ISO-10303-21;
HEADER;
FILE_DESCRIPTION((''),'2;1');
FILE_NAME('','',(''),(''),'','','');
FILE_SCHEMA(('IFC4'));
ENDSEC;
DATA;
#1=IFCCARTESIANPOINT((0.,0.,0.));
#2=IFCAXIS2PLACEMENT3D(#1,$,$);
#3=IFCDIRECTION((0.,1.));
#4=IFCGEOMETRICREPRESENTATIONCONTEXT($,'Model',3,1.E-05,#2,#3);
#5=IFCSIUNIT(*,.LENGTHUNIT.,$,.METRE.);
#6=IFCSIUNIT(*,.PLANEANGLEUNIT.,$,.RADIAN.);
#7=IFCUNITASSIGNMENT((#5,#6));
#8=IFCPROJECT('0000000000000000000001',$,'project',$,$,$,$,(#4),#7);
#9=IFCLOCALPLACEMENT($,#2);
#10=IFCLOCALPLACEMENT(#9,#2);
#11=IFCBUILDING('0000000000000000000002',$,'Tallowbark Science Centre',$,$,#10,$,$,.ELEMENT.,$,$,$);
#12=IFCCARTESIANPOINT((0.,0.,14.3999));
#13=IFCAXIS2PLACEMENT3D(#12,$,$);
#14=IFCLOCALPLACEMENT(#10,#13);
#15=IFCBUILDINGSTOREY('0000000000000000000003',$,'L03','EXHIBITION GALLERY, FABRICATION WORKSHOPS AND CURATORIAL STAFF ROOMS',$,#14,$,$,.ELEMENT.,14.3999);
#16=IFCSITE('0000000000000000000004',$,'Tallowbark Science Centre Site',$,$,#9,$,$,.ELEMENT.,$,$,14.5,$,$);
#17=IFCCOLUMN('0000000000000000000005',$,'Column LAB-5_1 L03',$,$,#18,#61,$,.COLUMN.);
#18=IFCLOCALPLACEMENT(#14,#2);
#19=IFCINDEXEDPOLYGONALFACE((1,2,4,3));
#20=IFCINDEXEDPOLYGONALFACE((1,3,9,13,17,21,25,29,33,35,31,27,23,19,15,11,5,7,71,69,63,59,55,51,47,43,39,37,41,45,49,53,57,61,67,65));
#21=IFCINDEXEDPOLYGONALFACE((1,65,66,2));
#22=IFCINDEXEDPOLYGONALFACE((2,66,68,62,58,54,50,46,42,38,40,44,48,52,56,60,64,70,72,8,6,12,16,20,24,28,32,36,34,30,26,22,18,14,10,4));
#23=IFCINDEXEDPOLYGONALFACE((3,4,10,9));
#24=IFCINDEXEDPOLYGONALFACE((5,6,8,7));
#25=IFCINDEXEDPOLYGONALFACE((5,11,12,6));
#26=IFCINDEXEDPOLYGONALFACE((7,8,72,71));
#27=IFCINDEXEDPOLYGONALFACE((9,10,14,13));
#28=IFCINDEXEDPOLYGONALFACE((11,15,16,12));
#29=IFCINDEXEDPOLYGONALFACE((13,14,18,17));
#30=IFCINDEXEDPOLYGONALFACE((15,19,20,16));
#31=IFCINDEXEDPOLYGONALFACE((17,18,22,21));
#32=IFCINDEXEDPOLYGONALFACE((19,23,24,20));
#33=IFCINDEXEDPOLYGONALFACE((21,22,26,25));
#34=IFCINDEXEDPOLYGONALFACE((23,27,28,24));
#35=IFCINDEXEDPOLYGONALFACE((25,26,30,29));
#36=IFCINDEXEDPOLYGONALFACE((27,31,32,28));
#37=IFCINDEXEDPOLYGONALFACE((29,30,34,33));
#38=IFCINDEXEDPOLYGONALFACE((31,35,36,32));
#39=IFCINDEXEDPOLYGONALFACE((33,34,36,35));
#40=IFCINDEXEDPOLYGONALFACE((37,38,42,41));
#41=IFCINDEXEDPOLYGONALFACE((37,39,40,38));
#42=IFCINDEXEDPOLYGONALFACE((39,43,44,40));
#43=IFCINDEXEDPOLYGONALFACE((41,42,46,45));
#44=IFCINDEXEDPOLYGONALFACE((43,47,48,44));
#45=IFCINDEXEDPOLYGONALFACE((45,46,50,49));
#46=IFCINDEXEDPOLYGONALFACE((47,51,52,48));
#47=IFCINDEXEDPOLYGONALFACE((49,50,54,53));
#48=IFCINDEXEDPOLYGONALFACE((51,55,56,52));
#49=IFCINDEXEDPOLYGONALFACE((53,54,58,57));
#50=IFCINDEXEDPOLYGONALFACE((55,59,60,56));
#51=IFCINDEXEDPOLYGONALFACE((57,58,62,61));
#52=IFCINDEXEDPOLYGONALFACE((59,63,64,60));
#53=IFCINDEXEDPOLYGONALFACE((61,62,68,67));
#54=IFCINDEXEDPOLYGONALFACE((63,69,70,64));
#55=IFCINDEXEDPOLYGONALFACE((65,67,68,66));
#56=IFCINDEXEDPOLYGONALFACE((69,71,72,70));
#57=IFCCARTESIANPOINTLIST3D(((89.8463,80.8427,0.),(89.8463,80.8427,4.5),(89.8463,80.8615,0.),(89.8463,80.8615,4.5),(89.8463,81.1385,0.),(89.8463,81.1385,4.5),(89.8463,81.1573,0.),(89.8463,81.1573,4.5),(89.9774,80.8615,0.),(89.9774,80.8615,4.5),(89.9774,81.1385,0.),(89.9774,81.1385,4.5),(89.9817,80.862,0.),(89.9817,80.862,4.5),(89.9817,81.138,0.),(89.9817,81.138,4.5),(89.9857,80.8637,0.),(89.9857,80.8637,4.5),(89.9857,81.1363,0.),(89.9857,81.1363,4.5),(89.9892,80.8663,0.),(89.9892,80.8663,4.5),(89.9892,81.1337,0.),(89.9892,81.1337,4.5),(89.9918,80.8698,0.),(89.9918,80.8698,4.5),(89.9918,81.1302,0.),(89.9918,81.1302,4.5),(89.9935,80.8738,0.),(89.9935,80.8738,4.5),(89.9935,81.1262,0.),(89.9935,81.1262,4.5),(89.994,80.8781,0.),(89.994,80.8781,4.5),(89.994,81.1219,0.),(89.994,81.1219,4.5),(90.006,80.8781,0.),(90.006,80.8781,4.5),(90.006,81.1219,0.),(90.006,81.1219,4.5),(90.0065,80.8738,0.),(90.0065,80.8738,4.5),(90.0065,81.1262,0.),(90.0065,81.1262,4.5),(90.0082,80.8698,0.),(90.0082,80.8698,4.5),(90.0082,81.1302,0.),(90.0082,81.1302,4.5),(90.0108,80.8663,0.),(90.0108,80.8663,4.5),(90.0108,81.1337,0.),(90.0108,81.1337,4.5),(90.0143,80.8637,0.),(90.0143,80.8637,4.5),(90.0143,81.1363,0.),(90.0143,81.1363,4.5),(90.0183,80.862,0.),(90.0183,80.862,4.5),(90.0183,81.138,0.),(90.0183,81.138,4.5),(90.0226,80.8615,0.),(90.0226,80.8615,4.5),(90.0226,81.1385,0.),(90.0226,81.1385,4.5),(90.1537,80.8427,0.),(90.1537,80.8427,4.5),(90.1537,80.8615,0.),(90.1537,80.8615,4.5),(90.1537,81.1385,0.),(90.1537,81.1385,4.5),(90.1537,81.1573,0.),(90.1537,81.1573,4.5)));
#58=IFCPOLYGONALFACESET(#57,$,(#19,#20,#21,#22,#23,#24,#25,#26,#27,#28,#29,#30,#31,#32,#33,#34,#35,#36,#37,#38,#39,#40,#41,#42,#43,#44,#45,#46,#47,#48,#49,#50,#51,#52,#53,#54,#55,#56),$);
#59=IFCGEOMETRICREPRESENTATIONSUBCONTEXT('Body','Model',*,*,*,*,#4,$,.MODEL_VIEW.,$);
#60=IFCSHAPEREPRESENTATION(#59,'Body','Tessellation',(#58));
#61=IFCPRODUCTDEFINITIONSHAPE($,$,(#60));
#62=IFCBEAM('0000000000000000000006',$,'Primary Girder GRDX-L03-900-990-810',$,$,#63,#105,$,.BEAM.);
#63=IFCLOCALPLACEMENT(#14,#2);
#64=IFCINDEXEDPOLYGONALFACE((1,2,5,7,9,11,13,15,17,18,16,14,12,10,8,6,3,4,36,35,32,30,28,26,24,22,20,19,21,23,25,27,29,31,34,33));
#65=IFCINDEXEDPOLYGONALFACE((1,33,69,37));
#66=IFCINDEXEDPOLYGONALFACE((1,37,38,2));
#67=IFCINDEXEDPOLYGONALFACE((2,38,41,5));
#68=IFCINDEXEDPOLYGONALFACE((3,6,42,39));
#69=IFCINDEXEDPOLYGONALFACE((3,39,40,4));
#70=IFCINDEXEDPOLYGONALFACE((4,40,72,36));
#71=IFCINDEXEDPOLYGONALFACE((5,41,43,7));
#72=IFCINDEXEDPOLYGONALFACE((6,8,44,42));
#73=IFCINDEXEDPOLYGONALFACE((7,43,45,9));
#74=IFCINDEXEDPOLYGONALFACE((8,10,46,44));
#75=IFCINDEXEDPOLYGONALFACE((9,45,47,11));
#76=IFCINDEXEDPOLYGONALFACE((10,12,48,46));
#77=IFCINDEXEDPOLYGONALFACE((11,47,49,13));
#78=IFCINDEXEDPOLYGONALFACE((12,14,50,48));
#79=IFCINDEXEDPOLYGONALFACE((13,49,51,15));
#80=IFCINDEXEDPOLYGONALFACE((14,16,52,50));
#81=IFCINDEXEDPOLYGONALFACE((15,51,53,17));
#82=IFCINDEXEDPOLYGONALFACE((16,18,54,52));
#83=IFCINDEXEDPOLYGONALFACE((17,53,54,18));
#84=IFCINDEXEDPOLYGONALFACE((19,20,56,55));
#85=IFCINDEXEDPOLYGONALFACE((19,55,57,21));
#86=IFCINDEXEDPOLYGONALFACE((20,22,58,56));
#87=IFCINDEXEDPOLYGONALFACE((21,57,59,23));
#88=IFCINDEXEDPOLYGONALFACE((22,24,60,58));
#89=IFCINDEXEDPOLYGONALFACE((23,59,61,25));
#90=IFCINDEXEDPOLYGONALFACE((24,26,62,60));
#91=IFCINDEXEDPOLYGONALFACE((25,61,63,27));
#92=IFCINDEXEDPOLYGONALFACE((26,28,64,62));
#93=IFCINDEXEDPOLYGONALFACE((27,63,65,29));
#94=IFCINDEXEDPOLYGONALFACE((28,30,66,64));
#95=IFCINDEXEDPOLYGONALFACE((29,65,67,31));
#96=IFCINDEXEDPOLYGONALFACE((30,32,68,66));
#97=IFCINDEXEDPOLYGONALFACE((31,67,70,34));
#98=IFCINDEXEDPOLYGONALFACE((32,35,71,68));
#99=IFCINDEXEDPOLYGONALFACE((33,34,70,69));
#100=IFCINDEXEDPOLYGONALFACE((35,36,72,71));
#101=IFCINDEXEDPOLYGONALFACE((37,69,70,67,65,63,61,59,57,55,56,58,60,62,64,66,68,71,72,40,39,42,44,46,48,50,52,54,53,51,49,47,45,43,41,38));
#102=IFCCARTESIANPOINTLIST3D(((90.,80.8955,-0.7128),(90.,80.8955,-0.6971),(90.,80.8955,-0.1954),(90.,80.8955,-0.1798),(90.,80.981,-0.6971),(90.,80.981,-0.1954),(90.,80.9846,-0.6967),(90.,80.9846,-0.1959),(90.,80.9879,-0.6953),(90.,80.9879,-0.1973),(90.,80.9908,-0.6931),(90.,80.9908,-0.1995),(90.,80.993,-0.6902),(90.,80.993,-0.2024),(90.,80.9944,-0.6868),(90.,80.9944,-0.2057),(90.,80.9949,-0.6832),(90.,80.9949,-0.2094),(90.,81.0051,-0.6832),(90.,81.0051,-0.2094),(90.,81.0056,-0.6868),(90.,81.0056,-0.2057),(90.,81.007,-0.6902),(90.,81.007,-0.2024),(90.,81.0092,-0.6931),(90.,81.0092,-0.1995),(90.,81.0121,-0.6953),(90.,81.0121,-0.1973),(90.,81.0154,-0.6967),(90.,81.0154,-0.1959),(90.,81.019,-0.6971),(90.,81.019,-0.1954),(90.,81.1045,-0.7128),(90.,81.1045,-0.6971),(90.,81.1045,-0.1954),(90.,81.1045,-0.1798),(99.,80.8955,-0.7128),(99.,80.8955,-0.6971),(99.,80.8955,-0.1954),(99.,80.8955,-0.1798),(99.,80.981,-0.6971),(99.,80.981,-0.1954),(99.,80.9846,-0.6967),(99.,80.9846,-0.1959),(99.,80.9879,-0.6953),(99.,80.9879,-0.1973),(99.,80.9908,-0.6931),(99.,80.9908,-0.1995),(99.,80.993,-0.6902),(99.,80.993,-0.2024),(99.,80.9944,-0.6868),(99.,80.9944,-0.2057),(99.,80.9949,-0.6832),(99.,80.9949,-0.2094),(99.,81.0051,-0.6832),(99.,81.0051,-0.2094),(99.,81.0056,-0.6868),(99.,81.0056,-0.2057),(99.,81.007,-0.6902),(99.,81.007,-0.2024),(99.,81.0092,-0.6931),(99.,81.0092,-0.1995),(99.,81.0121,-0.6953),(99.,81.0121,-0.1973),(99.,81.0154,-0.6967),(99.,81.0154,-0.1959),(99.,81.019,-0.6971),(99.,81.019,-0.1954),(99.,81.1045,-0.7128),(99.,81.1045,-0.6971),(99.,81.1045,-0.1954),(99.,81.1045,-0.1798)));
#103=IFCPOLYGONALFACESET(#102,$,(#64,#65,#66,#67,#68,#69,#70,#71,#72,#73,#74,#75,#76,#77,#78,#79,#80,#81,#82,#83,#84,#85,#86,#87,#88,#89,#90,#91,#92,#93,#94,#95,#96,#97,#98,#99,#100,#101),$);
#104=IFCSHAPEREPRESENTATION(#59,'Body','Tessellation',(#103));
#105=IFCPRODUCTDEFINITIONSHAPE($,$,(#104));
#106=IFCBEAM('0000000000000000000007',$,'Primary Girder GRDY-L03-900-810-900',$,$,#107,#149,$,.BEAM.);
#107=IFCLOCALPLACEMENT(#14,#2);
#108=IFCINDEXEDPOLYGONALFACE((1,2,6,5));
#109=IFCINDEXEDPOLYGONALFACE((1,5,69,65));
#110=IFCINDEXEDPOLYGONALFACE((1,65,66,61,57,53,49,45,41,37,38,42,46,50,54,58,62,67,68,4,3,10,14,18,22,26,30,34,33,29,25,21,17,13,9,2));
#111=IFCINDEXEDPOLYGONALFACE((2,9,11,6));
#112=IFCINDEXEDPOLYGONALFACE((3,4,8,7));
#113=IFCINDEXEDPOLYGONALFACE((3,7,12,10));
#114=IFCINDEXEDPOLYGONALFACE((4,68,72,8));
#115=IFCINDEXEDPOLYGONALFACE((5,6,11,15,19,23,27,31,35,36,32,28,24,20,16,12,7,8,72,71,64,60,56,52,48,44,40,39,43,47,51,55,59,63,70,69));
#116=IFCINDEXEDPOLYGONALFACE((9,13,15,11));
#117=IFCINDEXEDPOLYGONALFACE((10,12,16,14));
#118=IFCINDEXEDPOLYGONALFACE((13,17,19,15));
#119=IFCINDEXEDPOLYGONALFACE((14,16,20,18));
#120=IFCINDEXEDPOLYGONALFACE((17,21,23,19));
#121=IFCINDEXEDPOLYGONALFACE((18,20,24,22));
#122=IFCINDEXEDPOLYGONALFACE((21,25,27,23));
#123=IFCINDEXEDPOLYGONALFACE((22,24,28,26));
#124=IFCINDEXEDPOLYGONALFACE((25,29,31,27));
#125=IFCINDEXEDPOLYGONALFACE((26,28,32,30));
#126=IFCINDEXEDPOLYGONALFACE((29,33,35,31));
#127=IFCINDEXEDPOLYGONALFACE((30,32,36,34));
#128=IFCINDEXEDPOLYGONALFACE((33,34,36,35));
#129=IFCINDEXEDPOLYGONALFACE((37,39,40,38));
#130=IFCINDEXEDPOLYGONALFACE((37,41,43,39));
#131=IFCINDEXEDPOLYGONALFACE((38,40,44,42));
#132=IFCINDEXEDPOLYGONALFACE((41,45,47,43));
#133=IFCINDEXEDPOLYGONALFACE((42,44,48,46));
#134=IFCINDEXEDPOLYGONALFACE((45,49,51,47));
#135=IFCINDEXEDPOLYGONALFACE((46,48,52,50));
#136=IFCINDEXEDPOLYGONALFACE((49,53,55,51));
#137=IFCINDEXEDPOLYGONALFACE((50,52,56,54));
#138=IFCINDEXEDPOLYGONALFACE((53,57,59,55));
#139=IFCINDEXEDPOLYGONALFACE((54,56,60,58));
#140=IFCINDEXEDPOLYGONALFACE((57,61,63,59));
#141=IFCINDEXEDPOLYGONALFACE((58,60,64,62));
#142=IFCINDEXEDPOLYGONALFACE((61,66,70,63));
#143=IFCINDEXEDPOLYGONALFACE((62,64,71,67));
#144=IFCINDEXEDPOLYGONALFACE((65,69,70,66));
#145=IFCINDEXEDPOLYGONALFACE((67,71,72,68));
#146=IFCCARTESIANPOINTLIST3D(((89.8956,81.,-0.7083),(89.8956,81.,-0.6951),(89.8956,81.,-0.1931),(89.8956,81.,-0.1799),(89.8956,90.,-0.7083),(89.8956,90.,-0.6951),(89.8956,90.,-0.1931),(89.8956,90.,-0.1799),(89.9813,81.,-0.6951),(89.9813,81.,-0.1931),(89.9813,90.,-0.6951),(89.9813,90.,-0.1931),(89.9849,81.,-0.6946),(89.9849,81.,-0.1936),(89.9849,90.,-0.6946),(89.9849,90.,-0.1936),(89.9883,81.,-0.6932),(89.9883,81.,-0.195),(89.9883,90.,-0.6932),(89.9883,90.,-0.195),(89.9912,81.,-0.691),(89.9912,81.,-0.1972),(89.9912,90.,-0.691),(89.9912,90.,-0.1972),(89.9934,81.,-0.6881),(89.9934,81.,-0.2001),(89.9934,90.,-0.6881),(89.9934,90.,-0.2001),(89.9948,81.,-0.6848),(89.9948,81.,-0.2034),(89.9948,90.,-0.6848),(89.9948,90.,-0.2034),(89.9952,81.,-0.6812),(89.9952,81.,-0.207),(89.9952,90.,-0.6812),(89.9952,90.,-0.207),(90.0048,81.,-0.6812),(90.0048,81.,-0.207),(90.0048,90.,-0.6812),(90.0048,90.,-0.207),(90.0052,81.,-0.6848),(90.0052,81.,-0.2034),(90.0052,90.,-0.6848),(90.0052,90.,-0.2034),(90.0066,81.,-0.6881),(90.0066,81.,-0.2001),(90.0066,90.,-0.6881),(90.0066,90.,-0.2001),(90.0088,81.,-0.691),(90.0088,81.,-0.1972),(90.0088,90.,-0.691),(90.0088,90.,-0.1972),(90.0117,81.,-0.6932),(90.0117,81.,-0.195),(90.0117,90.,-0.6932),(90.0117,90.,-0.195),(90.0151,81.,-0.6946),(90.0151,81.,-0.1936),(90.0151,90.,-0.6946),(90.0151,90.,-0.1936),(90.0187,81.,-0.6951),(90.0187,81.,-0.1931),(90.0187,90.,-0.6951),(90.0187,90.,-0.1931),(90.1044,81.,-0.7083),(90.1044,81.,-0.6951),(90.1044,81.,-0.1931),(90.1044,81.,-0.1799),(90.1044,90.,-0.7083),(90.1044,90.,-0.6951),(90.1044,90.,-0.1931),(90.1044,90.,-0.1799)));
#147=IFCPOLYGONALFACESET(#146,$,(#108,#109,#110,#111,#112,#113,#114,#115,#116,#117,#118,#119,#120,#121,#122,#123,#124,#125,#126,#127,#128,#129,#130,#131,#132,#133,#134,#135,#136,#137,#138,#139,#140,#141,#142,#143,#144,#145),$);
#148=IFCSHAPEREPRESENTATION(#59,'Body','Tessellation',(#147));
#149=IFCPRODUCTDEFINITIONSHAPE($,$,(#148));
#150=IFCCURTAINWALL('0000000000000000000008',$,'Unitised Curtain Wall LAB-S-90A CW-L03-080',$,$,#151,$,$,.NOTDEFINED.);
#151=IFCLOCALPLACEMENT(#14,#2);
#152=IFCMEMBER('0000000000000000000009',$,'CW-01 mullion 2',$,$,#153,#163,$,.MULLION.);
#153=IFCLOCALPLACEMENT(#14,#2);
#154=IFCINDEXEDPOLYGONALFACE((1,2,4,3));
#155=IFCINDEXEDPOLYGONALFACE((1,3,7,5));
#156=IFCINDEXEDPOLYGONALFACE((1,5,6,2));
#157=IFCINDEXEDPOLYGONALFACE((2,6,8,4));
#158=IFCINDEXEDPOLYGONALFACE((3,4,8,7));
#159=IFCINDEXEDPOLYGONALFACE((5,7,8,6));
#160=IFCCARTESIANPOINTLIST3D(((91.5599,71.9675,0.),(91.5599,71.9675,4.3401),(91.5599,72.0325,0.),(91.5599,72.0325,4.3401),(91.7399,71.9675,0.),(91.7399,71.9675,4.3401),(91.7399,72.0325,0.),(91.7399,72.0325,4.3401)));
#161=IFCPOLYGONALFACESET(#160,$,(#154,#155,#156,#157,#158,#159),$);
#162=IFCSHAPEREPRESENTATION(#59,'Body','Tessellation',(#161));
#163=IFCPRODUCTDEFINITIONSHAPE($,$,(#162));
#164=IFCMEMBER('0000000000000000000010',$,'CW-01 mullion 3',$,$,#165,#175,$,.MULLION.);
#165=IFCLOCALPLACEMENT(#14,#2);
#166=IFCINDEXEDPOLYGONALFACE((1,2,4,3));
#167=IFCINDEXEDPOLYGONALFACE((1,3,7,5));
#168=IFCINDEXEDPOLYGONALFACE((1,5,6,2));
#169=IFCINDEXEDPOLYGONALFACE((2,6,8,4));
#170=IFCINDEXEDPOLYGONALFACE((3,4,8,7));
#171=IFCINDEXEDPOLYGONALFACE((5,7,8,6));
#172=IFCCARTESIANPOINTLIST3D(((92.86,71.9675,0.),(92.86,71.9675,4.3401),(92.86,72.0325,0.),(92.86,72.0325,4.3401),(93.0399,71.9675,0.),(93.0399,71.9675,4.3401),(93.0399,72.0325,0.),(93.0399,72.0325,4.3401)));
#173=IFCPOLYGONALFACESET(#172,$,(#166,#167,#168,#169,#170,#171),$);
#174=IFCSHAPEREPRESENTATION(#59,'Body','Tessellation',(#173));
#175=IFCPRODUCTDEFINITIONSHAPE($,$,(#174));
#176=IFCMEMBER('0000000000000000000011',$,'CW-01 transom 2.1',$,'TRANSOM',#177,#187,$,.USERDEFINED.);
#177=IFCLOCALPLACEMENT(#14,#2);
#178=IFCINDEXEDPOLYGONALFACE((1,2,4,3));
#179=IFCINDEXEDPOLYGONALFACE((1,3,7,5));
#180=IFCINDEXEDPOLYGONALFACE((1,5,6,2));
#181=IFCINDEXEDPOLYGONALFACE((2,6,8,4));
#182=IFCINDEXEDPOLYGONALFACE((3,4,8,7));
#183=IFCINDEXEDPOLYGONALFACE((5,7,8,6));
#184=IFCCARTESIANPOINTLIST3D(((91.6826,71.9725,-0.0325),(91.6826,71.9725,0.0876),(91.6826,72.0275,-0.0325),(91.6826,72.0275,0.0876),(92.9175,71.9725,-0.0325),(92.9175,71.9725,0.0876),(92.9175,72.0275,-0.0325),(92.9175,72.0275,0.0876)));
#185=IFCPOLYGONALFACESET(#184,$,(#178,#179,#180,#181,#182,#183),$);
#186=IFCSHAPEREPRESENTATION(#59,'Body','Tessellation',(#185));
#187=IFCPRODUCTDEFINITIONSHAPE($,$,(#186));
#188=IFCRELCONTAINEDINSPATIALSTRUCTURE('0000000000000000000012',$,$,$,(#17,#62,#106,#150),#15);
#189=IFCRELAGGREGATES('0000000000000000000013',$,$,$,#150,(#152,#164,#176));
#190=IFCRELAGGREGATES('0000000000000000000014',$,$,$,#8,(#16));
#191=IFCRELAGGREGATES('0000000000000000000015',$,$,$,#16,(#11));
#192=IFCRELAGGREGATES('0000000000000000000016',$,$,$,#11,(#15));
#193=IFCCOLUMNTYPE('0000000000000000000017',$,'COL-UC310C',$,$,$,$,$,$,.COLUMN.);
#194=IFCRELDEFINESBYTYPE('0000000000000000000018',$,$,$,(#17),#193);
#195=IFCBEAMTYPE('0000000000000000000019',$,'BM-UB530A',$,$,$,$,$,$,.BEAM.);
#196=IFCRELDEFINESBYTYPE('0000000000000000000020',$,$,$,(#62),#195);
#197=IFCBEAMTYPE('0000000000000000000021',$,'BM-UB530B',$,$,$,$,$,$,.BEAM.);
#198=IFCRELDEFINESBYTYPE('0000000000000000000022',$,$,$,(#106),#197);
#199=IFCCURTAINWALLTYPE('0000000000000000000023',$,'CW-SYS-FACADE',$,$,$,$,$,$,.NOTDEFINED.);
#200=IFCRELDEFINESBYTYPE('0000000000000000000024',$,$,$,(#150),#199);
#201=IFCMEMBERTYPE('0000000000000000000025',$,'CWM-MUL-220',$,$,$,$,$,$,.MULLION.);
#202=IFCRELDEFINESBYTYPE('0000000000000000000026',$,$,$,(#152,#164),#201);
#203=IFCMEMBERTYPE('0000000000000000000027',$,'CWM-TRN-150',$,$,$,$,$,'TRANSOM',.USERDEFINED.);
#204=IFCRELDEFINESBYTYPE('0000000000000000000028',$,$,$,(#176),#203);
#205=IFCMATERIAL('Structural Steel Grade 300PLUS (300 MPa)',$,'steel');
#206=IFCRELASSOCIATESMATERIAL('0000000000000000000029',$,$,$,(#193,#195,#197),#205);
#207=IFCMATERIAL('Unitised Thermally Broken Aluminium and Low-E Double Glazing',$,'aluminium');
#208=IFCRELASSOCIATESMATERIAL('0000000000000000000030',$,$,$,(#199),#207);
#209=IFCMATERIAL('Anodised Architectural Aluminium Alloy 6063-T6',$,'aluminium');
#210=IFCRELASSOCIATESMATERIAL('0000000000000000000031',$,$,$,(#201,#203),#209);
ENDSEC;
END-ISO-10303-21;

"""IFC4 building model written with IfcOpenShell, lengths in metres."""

from ifc_helpers import new_model, si_unit, direction, frame, origin, origin_2d, place, context, subcontext, project, spatial, rectangle, i_section, extrude, material, material_profile, profile_set, type_object, element, aggregate, save


model = new_model("IFC4")

# Units and contexts
model_context = context("Model", 3, precision=1e-05, world=origin(), true_north=direction((0.0, 1.0)))
body_context = subcontext(model_context, "Body", "Model", "MODEL_VIEW")
ifc_project = project(units=[si_unit("LENGTHUNIT", "METRE"), si_unit("PLANEANGLEUNIT", "RADIAN")], contexts=[model_context])

# Site, building, storey
site_placement = place(None, origin())
site = spatial("IfcSite", under=ifc_project, at=site_placement, Name="Tallowbark Science Centre Site", CompositionType="ELEMENT", RefElevation=14.5)
building_placement = place(site_placement, origin())
building = spatial("IfcBuilding", under=site, at=building_placement, Name="Tallowbark Science Centre", CompositionType="ELEMENT")
storey_placement = place(building_placement, frame((0.0, 0.0, 14.3999)))
storey = spatial("IfcBuildingStorey", under=building, at=storey_placement, Name="L03", Description="EXHIBITION GALLERY, FABRICATION WORKSHOPS AND CURATORIAL STAFF ROOMS", CompositionType="ELEMENT", Elevation=14.3999)

# Column
ifc_material_1 = material(Name="Structural Steel Grade 300PLUS (300 MPa)", Category="steel")
ifc_material_profile_1 = material_profile(ifc_material_1, i_section(OverallWidth=0.3074, OverallDepth=0.3147, WebThickness=0.012, FlangeThickness=0.0188, FilletRadius=0.0166, at=origin_2d()), Name="310UC118")
ifc_profile_set_1 = profile_set([ifc_material_profile_1], Name="Structural Steel Grade 300PLUS (300 MPa)")
column_type = type_object("IfcColumnType", Name="COL-UC310C", PredefinedType="COLUMN", material=ifc_profile_set_1)
column_placement = place(storey_placement, frame((90.0, 81.0, 0.0), z_axis=(0.0, 0.0, 1.0), x_axis=(1.0, 0.0, 0.0)))
element("IfcColumn", 1, at=column_placement, inside=storey, type_object=column_type, Name="Column LAB-5_1 L03", PredefinedType="COLUMN", context=body_context, shape_type="SweptSolid", body=[
    extrude(i_section(OverallWidth=0.3074, OverallDepth=0.3147, WebThickness=0.012, FlangeThickness=0.0188, FilletRadius=0.0166, at=origin_2d()), origin(), (0.0, 0.0, 1.0), 4.5),
])

# Beams
ifc_material_profile_2 = material_profile(ifc_material_1, i_section(OverallWidth=0.209, OverallDepth=0.533, WebThickness=0.0103, FlangeThickness=0.0156, FilletRadius=0.0139, at=origin_2d()), Name="530UB92.4")
ifc_profile_set_2 = profile_set([ifc_material_profile_2], Name="Structural Steel Grade 300PLUS (300 MPa)")
beam_type_1 = type_object("IfcBeamType", Name="BM-UB530A", PredefinedType="BEAM", material=ifc_profile_set_2)
beam_1_placement = place(storey_placement, frame((90.0, 81.0, -0.4463), z_axis=(1.0, 0.0, 0.0), x_axis=(0.0, 1.0, 0.0)))
element("IfcBeam", 2, at=beam_1_placement, inside=storey, type_object=beam_type_1, Name="Primary Girder GRDX-L03-900-990-810", PredefinedType="BEAM", context=body_context, shape_type="SweptSolid", body=[
    extrude(i_section(OverallWidth=0.209, OverallDepth=0.533, WebThickness=0.0103, FlangeThickness=0.0156, FilletRadius=0.0139, at=origin_2d()), origin(), (0.0, 0.0, 1.0), 9.0),
])
ifc_material_profile_3 = material_profile(ifc_material_1, i_section(OverallWidth=0.2087, OverallDepth=0.5283, WebThickness=0.0095, FlangeThickness=0.0132, FilletRadius=0.0139, at=origin_2d()), Name="530UB82.0")
ifc_profile_set_3 = profile_set([ifc_material_profile_3], Name="Structural Steel Grade 300PLUS (300 MPa)")
beam_type_2 = type_object("IfcBeamType", Name="BM-UB530B", PredefinedType="BEAM", material=ifc_profile_set_3)
beam_2_placement = place(storey_placement, frame((90.0, 81.0, -0.4441), z_axis=(0.0, 1.0, 0.0), x_axis=(-1.0, 0.0, 0.0)))
element("IfcBeam", 3, at=beam_2_placement, inside=storey, type_object=beam_type_2, Name="Primary Girder GRDY-L03-900-810-900", PredefinedType="BEAM", context=body_context, shape_type="SweptSolid", body=[
    extrude(i_section(OverallWidth=0.2087, OverallDepth=0.5283, WebThickness=0.0095, FlangeThickness=0.0132, FilletRadius=0.0139, at=origin_2d()), origin(), (0.0, 0.0, 1.0), 9.0),
])

# Curtain wall, members
ifc_material_2 = material(Name="Unitised Thermally Broken Aluminium and Low-E Double Glazing", Category="aluminium")
curtain_wall_type = type_object("IfcCurtainWallType", Name="CW-SYS-FACADE", PredefinedType="NOTDEFINED", material=ifc_material_2)
curtain_wall_placement = place(storey_placement, origin())
curtain_wall = element("IfcCurtainWall", 4, at=curtain_wall_placement, inside=storey, type_object=curtain_wall_type, Name="Unitised Curtain Wall LAB-S-90A CW-L03-080", PredefinedType="NOTDEFINED")
ifc_material_3 = material(Name="Anodised Architectural Aluminium Alloy 6063-T6", Category="aluminium")
ifc_material_profile_4 = material_profile(ifc_material_3, rectangle(XDim=0.0649, YDim=0.1799, at=origin_2d()), Name="ALU65x180")
ifc_profile_set_4 = profile_set([ifc_material_profile_4], Name="Anodised Architectural Aluminium Alloy 6063-T6")
member_type_1 = type_object("IfcMemberType", Name="CWM-MUL-220", PredefinedType="MULLION", material=ifc_profile_set_4)
member_1_placement = place(storey_placement, frame((91.6499, 72.0, 0.0), z_axis=(0.0, 0.0, 1.0), x_axis=(0.0, 1.0, 0.0)))
member_1 = element("IfcMember", 5, at=member_1_placement, type_object=member_type_1, Name="CW-01 mullion 2", PredefinedType="MULLION", context=body_context, shape_type="SweptSolid", body=[
    extrude(rectangle(XDim=0.0649, YDim=0.1799, at=origin_2d()), origin(), (0.0, 0.0, 1.0), 4.3401),
])
member_2_placement = place(storey_placement, frame((92.95, 72.0, 0.0), z_axis=(0.0, 0.0, 1.0), x_axis=(0.0, 1.0, 0.0)))
member_2 = element("IfcMember", 6, at=member_2_placement, type_object=member_type_1, Name="CW-01 mullion 3", PredefinedType="MULLION", context=body_context, shape_type="SweptSolid", body=[
    extrude(rectangle(XDim=0.0649, YDim=0.1799, at=origin_2d()), origin(), (0.0, 0.0, 1.0), 4.3401),
])
ifc_material_profile_5 = material_profile(ifc_material_3, rectangle(XDim=0.0549, YDim=0.1201, at=origin_2d()), Name="ALU55x120")
ifc_profile_set_5 = profile_set([ifc_material_profile_5], Name="Anodised Architectural Aluminium Alloy 6063-T6")
member_type_2 = type_object("IfcMemberType", Name="CWM-TRN-150", ElementType="TRANSOM", PredefinedType="USERDEFINED", material=ifc_profile_set_5)
member_3_placement = place(storey_placement, frame((91.6826, 72.0, 0.0276), z_axis=(1.0, 0.0, 0.0), x_axis=(0.0, 1.0, 0.0)))
member_3 = element("IfcMember", 7, at=member_3_placement, type_object=member_type_2, Name="CW-01 transom 2.1", ObjectType="TRANSOM", PredefinedType="USERDEFINED", context=body_context, shape_type="SweptSolid", body=[
    extrude(rectangle(XDim=0.0549, YDim=0.1201, at=origin_2d()), origin(), (0.0, 0.0, 1.0), 1.2349),
])

aggregate(curtain_wall, [member_1, member_2, member_3])

save(model, "model.ifc")
